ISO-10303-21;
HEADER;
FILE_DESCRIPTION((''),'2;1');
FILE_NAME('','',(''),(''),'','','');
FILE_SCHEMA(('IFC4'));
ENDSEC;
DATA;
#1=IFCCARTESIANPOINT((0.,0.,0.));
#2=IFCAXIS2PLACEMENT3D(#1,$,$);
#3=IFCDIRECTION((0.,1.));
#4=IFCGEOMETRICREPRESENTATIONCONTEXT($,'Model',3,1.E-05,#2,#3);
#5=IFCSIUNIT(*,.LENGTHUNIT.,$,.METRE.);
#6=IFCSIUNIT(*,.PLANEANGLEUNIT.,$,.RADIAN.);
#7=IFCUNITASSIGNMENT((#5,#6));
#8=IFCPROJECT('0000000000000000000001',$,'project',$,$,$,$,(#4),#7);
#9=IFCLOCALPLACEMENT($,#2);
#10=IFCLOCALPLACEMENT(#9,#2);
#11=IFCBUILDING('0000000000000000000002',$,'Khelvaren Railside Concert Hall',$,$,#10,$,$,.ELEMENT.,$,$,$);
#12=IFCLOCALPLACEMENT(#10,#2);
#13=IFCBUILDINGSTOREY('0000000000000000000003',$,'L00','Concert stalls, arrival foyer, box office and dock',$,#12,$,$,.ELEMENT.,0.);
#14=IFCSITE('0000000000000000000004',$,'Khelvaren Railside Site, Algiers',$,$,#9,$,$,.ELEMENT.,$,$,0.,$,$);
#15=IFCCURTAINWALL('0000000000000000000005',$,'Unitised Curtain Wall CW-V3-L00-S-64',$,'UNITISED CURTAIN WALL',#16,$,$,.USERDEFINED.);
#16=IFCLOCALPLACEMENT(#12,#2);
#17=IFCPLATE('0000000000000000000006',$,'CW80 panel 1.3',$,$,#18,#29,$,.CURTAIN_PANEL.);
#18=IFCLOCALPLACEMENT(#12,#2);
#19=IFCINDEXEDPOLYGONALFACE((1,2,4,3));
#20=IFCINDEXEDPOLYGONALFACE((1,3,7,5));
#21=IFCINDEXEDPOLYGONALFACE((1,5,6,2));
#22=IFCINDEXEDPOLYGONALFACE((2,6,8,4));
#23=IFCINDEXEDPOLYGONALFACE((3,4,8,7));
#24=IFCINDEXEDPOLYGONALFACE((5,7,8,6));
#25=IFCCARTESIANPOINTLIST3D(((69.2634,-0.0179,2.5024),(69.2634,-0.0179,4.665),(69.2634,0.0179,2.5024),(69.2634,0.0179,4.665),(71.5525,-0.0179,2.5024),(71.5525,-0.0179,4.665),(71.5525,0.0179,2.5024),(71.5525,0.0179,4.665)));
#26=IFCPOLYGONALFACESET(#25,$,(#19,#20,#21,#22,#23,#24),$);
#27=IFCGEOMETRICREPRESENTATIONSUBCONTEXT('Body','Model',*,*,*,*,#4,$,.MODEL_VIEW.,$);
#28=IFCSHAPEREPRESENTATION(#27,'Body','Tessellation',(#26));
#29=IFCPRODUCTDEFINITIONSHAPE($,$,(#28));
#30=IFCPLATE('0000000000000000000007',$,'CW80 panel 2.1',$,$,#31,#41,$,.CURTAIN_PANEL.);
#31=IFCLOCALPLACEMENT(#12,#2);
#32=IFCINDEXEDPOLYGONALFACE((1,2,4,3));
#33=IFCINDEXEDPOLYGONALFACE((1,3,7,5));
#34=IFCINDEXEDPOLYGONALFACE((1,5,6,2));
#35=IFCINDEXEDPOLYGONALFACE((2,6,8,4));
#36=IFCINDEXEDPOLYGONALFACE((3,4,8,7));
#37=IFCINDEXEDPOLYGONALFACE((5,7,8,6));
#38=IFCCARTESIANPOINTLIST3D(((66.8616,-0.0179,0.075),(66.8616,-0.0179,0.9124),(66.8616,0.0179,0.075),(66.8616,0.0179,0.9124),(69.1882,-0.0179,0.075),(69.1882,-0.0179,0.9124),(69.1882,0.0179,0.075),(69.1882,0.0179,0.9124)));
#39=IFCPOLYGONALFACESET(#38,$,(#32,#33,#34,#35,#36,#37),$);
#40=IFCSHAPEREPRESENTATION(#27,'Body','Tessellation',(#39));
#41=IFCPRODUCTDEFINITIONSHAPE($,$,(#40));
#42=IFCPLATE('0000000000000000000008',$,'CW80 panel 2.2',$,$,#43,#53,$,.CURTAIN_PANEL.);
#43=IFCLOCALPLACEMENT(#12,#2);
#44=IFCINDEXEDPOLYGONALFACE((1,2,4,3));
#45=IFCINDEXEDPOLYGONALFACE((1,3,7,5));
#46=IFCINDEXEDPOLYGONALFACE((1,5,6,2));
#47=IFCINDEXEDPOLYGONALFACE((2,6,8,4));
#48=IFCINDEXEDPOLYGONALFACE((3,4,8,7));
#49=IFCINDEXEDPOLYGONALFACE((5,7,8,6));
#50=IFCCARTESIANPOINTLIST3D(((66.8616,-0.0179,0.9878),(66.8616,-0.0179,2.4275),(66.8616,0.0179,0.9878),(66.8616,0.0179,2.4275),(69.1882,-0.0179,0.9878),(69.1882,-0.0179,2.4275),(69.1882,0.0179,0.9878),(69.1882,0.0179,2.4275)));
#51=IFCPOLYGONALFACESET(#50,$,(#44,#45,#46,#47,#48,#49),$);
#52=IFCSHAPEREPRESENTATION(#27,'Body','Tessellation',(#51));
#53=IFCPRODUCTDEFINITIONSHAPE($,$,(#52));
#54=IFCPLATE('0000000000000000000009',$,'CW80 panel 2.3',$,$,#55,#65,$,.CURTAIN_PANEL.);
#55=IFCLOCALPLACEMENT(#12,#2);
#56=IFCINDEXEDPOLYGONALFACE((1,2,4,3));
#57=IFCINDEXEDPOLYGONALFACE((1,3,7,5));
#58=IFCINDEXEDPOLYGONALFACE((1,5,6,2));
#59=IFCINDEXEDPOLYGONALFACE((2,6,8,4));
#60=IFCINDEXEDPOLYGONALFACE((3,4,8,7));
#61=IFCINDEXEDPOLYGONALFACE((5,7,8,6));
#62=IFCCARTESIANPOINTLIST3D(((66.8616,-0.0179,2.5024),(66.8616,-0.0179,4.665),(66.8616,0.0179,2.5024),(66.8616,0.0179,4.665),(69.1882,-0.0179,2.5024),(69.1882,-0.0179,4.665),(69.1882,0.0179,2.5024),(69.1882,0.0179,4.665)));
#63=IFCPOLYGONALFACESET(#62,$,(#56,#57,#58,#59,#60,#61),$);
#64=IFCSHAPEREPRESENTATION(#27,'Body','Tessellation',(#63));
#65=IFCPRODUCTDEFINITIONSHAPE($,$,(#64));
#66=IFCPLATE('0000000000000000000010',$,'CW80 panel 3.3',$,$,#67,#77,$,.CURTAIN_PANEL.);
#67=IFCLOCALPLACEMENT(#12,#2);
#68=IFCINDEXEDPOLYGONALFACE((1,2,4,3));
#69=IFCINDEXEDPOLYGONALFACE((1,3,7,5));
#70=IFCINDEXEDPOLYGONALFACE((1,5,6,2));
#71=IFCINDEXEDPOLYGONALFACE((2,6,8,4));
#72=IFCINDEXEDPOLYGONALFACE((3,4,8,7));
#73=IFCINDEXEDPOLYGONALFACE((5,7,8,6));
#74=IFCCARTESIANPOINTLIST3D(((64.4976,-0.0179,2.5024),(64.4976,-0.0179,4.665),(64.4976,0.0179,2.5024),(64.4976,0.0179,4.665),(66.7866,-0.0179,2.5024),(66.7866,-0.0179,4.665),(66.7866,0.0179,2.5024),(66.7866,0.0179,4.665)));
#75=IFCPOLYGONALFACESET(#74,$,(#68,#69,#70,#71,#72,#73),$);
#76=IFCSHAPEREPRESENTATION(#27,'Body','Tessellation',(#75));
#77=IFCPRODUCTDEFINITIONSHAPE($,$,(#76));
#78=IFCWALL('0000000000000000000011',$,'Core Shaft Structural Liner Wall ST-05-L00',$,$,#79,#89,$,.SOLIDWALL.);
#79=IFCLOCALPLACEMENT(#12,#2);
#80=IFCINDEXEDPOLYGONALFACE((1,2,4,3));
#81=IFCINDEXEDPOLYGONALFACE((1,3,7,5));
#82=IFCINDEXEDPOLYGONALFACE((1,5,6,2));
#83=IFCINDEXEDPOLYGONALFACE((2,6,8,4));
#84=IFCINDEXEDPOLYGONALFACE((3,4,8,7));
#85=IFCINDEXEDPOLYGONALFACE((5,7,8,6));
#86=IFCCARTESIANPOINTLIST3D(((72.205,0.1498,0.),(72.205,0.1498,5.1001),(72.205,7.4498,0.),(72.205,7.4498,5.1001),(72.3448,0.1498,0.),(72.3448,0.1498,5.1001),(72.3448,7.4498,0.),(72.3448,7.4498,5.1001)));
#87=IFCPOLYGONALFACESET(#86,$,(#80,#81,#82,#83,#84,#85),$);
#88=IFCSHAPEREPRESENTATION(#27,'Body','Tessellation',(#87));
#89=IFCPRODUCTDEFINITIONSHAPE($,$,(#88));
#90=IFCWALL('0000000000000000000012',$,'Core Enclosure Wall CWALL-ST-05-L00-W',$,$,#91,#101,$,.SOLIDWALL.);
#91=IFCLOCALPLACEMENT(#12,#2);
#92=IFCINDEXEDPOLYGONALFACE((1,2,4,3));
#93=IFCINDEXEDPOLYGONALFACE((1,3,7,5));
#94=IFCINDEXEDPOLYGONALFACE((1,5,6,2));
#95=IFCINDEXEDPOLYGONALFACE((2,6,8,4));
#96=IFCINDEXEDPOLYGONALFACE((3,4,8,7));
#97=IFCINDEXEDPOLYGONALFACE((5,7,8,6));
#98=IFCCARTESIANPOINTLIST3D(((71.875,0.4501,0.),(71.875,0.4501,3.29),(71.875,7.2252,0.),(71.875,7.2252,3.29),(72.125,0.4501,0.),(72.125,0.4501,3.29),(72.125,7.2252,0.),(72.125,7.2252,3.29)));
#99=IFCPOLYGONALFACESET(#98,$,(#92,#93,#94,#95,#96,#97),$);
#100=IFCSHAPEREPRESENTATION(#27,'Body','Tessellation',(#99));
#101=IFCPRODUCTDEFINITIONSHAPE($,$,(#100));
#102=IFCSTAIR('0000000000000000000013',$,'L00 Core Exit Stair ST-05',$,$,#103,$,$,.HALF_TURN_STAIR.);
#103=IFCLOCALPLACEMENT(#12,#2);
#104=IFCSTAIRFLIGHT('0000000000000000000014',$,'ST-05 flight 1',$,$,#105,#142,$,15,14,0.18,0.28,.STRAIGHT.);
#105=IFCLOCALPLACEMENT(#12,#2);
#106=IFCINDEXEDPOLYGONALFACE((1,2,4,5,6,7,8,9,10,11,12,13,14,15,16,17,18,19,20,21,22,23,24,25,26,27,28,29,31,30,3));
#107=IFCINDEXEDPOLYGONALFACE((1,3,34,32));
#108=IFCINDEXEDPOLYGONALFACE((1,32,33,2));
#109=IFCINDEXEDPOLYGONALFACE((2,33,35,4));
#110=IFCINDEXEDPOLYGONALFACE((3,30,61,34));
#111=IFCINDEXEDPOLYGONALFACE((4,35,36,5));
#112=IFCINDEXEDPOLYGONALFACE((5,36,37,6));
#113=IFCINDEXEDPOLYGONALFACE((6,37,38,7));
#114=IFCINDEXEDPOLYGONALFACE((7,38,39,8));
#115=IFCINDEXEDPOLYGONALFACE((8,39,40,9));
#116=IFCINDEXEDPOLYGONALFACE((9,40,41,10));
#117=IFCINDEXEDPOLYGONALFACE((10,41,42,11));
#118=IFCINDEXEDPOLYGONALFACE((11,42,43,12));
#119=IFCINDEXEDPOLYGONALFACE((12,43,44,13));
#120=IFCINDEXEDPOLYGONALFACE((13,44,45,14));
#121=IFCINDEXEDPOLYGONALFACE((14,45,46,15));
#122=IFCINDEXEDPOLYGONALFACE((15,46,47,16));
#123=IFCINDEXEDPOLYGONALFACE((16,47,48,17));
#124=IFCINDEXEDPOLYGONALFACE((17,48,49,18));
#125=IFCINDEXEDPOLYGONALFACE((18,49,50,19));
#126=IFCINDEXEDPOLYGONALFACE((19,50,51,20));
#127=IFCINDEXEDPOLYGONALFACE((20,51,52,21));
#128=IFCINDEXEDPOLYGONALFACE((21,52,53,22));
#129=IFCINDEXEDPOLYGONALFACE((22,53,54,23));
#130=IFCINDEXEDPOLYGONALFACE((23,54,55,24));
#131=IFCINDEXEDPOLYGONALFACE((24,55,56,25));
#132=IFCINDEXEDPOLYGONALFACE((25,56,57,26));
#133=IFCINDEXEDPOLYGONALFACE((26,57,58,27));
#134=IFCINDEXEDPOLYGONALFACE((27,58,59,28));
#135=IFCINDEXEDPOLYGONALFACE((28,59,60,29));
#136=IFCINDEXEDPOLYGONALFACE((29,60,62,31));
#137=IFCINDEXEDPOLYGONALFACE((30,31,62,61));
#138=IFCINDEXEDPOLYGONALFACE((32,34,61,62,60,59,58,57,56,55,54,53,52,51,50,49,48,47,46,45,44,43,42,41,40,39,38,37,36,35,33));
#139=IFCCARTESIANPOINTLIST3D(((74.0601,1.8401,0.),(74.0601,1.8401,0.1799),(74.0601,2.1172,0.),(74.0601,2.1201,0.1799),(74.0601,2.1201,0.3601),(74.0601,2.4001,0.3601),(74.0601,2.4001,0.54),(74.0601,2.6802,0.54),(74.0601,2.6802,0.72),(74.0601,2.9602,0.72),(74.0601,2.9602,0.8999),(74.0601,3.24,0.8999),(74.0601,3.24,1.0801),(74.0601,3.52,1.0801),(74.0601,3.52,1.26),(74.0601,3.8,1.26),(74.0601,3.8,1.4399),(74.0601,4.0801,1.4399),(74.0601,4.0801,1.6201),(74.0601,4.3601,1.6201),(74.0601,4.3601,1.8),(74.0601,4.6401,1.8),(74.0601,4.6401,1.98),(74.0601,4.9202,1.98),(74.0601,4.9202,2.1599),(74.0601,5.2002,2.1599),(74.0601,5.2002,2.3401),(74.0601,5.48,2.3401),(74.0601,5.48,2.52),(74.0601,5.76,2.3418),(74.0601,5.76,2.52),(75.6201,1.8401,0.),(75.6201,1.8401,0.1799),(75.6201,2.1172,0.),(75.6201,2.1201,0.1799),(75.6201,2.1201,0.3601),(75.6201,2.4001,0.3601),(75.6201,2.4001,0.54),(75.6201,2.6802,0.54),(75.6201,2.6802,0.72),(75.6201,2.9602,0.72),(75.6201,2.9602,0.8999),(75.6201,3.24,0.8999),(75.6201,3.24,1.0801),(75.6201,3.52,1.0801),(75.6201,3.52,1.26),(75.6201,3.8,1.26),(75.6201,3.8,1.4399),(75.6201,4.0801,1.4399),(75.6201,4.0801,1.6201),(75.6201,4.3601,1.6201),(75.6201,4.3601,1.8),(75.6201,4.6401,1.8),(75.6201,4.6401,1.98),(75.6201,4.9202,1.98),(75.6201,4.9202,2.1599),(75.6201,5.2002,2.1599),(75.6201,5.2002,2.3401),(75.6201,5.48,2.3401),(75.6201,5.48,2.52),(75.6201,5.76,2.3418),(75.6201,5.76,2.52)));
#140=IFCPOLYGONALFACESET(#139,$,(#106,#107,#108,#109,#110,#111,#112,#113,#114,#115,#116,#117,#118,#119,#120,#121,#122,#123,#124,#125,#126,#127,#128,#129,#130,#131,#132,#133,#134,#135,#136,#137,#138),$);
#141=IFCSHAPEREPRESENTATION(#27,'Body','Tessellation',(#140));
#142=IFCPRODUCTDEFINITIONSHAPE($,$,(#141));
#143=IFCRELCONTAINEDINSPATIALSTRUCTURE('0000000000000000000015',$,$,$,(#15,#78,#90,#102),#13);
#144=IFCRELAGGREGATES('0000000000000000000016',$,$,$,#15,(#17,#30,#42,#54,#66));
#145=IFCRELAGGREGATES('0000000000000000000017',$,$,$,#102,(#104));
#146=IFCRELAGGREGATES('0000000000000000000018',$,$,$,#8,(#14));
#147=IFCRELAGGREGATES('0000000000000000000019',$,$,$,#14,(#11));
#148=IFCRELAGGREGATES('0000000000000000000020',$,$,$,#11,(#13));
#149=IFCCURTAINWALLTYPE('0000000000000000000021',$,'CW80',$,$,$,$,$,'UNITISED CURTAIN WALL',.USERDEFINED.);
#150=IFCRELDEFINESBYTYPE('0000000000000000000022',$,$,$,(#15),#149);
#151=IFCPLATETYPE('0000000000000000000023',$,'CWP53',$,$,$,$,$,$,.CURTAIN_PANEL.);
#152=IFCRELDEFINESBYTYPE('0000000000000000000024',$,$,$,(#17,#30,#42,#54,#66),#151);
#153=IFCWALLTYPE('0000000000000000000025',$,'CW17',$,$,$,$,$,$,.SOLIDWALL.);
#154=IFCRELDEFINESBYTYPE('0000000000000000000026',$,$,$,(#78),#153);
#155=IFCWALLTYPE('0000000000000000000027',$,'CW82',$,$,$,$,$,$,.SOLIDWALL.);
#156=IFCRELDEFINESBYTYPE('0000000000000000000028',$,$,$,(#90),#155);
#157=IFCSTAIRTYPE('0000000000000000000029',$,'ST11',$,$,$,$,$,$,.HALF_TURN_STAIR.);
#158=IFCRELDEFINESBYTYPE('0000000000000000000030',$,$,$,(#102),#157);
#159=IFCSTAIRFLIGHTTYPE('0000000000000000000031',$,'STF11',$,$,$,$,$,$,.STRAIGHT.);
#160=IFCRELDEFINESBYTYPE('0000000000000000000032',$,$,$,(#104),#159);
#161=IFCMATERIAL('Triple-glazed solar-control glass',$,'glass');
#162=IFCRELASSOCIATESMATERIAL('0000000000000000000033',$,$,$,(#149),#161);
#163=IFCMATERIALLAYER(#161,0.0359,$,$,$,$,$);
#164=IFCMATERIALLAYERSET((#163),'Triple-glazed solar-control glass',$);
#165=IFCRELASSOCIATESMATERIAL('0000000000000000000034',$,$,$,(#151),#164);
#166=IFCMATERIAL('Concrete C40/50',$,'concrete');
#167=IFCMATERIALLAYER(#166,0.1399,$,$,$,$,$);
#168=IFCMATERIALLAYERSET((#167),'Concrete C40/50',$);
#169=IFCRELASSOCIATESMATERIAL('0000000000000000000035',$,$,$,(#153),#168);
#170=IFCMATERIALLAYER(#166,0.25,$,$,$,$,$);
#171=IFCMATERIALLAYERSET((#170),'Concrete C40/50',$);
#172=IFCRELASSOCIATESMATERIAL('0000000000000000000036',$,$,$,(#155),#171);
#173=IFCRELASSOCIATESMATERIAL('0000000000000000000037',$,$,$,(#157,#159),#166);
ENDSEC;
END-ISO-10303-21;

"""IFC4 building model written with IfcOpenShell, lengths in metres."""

from ifc_helpers import new_model, si_unit, direction, frame, frame_2d, origin, origin_2d, place, context, subcontext, project, spatial, polyline, rectangle, outline, extrude, material, layer, layer_set, type_object, element, aggregate, save


model = new_model("IFC4")

# Units and contexts
model_context = context("Model", 3, precision=1e-05, world=origin(), true_north=direction((0.0, 1.0)))
body_context = subcontext(model_context, "Body", "Model", "MODEL_VIEW")
ifc_project = project(units=[si_unit("LENGTHUNIT", "METRE"), si_unit("PLANEANGLEUNIT", "RADIAN")], contexts=[model_context])

# Site, building, storey
site_placement = place(None, origin())
site = spatial("IfcSite", under=ifc_project, at=site_placement, Name="Khelvaren Railside Site, Algiers", CompositionType="ELEMENT", RefElevation=0.0)
building_placement = place(site_placement, origin())
building = spatial("IfcBuilding", under=site, at=building_placement, Name="Khelvaren Railside Concert Hall", CompositionType="ELEMENT")
storey_placement = place(building_placement, origin())
storey = spatial("IfcBuildingStorey", under=building, at=storey_placement, Name="L00", Description="Concert stalls, arrival foyer, box office and dock", CompositionType="ELEMENT", Elevation=0.0)

# Curtain wall
ifc_material_1 = material(Name="Triple-glazed solar-control glass", Category="glass")
curtain_wall_type = type_object("IfcCurtainWallType", Name="CW80", ElementType="UNITISED CURTAIN WALL", PredefinedType="USERDEFINED", material=ifc_material_1)
curtain_wall_placement = place(storey_placement, origin())
curtain_wall = element("IfcCurtainWall", 1, at=curtain_wall_placement, inside=storey, type_object=curtain_wall_type, Name="Unitised Curtain Wall CW-V3-L00-S-64", ObjectType="UNITISED CURTAIN WALL", PredefinedType="USERDEFINED")

# Plates
ifc_layer_1 = layer(ifc_material_1, 0.0359)
ifc_layer_set_1 = layer_set([ifc_layer_1], Name="Triple-glazed solar-control glass")
plate_type = type_object("IfcPlateType", Name="CWP53", PredefinedType="CURTAIN_PANEL", material=ifc_layer_set_1)
plate_1_placement = place(storey_placement, frame((70.408, 0.0, 2.5024), z_axis=(0.0, 0.0, 1.0), x_axis=(-1.0, 0.0, 0.0)))
plate_1 = element("IfcPlate", 2, at=plate_1_placement, type_object=plate_type, Name="CW80 panel 1.3", PredefinedType="CURTAIN_PANEL", context=body_context, shape_type="SweptSolid", body=[
    extrude(rectangle(XDim=2.2891, YDim=0.0359, at=origin_2d()), origin(), (0.0, 0.0, 1.0), 2.1626),
])
plate_2_placement = place(storey_placement, frame((68.0249, 0.0, 0.075), z_axis=(0.0, 0.0, 1.0), x_axis=(-1.0, 0.0, 0.0)))
plate_2 = element("IfcPlate", 3, at=plate_2_placement, type_object=plate_type, Name="CW80 panel 2.1", PredefinedType="CURTAIN_PANEL", context=body_context, shape_type="SweptSolid", body=[
    extrude(rectangle(XDim=2.3267, YDim=0.0359, at=origin_2d()), origin(), (0.0, 0.0, 1.0), 0.8374),
])
plate_3_placement = place(storey_placement, frame((68.0249, 0.0, 0.9878), z_axis=(0.0, 0.0, 1.0), x_axis=(-1.0, 0.0, 0.0)))
plate_3 = element("IfcPlate", 4, at=plate_3_placement, type_object=plate_type, Name="CW80 panel 2.2", PredefinedType="CURTAIN_PANEL", context=body_context, shape_type="SweptSolid", body=[
    extrude(rectangle(XDim=2.3267, YDim=0.0359, at=origin_2d()), origin(), (0.0, 0.0, 1.0), 1.4397),
])
plate_4_placement = place(storey_placement, frame((68.0249, 0.0, 2.5024), z_axis=(0.0, 0.0, 1.0), x_axis=(-1.0, 0.0, 0.0)))
plate_4 = element("IfcPlate", 5, at=plate_4_placement, type_object=plate_type, Name="CW80 panel 2.3", PredefinedType="CURTAIN_PANEL", context=body_context, shape_type="SweptSolid", body=[
    extrude(rectangle(XDim=2.3267, YDim=0.0359, at=origin_2d()), origin(), (0.0, 0.0, 1.0), 2.1626),
])
plate_5_placement = place(storey_placement, frame((65.6421, 0.0, 2.5024), z_axis=(0.0, 0.0, 1.0), x_axis=(-1.0, 0.0, 0.0)))
plate_5 = element("IfcPlate", 6, at=plate_5_placement, type_object=plate_type, Name="CW80 panel 3.3", PredefinedType="CURTAIN_PANEL", context=body_context, shape_type="SweptSolid", body=[
    extrude(rectangle(XDim=2.2891, YDim=0.0359, at=origin_2d()), origin(), (0.0, 0.0, 1.0), 2.1626),
])
aggregate(curtain_wall, [plate_1, plate_2, plate_3, plate_4, plate_5])

# Walls
ifc_material_2 = material(Name="Concrete C40/50", Category="concrete")
ifc_layer_2 = layer(ifc_material_2, 0.1399)
ifc_layer_set_2 = layer_set([ifc_layer_2], Name="Concrete C40/50")
wall_type_1 = type_object("IfcWallType", Name="CW17", PredefinedType="SOLIDWALL", material=ifc_layer_set_2)
wall_1_placement = place(storey_placement, frame((72.2749, 0.1499, 0.0), z_axis=(0.0, 0.0, 1.0), x_axis=(0.0, 1.0, 0.0)))
element("IfcWall", 7, at=wall_1_placement, inside=storey, type_object=wall_type_1, Name="Core Shaft Structural Liner Wall ST-05-L00", PredefinedType="SOLIDWALL", context=body_context, shape_type="SweptSolid", body=[
    extrude(rectangle(XDim=7.3, YDim=0.1399, at=frame_2d((3.6499, 0.0))), origin(), (0.0, 0.0, 1.0), 5.1001),
])
ifc_layer_3 = layer(ifc_material_2, 0.25)
ifc_layer_set_3 = layer_set([ifc_layer_3], Name="Concrete C40/50")
wall_type_2 = type_object("IfcWallType", Name="CW82", PredefinedType="SOLIDWALL", material=ifc_layer_set_3)
wall_2_placement = place(storey_placement, frame((72.0, 0.45, 0.0), z_axis=(0.0, 0.0, 1.0), x_axis=(0.0, 1.0, 0.0)))
element("IfcWall", 8, at=wall_2_placement, inside=storey, type_object=wall_type_2, Name="Core Enclosure Wall CWALL-ST-05-L00-W", PredefinedType="SOLIDWALL", context=body_context, shape_type="SweptSolid", body=[
    extrude(rectangle(XDim=6.7751, YDim=0.25, at=frame_2d((3.3877, 0.0))), origin(), (0.0, 0.0, 1.0), 3.29),
])

# Stair, stair flight
stair_type = type_object("IfcStairType", Name="ST11", PredefinedType="HALF_TURN_STAIR", material=ifc_material_2)
stair_placement = place(storey_placement, origin())
stair = element("IfcStair", 9, at=stair_placement, inside=storey, type_object=stair_type, Name="L00 Core Exit Stair ST-05", PredefinedType="HALF_TURN_STAIR")
stair_flight_type = type_object("IfcStairFlightType", Name="STF11", PredefinedType="STRAIGHT", material=ifc_material_2)
stair_flight_placement = place(storey_placement, frame((74.8401, 1.8401, 0.0), z_axis=(0.0, 0.0, 1.0), x_axis=(0.0, 1.0, 0.0)))
stair_flight = element("IfcStairFlight", 10, at=stair_flight_placement, type_object=stair_flight_type, Name="ST-05 flight 1", NumberOfRisers=15, NumberOfTreads=14, PredefinedType="STRAIGHT", RiserHeight=0.18, TreadLength=0.28, context=body_context, shape_type="SweptSolid", body=[
    extrude(outline(polyline([(0.0, 0.0), (0.0, 0.1799), (0.28, 0.1799), (0.28, 0.3601), (0.5601, 0.3601), (0.5601, 0.54), (0.8401, 0.54), (0.8401, 0.72), (1.1201, 0.72), (1.1201, 0.8999), (1.3999, 0.8999), (1.3999, 1.0801), (1.6799, 1.0801), (1.6799, 1.26), (1.96, 1.26), (1.96, 1.4399), (2.24, 1.4399), (2.24, 1.6201), (2.52, 1.6201), (2.52, 1.8), (2.8, 1.8), (2.8, 1.98), (3.0801, 1.98), (3.0801, 2.1599), (3.3601, 2.1599), (3.3601, 2.3401), (3.6399, 2.3401), (3.6399, 2.52), (3.9199, 2.52), (3.9199, 2.7), (3.9199, 2.3418), (0.2771, 0.0), (0.0, 0.0)])), frame((0.0, 0.78, 0.0), z_axis=(0.0, -1.0, 0.0), x_axis=(1.0, 0.0, 0.0)), (0.0, 0.0, 1.0), 1.5601),
])
aggregate(stair, [stair_flight])

save(model, "model.ifc")
